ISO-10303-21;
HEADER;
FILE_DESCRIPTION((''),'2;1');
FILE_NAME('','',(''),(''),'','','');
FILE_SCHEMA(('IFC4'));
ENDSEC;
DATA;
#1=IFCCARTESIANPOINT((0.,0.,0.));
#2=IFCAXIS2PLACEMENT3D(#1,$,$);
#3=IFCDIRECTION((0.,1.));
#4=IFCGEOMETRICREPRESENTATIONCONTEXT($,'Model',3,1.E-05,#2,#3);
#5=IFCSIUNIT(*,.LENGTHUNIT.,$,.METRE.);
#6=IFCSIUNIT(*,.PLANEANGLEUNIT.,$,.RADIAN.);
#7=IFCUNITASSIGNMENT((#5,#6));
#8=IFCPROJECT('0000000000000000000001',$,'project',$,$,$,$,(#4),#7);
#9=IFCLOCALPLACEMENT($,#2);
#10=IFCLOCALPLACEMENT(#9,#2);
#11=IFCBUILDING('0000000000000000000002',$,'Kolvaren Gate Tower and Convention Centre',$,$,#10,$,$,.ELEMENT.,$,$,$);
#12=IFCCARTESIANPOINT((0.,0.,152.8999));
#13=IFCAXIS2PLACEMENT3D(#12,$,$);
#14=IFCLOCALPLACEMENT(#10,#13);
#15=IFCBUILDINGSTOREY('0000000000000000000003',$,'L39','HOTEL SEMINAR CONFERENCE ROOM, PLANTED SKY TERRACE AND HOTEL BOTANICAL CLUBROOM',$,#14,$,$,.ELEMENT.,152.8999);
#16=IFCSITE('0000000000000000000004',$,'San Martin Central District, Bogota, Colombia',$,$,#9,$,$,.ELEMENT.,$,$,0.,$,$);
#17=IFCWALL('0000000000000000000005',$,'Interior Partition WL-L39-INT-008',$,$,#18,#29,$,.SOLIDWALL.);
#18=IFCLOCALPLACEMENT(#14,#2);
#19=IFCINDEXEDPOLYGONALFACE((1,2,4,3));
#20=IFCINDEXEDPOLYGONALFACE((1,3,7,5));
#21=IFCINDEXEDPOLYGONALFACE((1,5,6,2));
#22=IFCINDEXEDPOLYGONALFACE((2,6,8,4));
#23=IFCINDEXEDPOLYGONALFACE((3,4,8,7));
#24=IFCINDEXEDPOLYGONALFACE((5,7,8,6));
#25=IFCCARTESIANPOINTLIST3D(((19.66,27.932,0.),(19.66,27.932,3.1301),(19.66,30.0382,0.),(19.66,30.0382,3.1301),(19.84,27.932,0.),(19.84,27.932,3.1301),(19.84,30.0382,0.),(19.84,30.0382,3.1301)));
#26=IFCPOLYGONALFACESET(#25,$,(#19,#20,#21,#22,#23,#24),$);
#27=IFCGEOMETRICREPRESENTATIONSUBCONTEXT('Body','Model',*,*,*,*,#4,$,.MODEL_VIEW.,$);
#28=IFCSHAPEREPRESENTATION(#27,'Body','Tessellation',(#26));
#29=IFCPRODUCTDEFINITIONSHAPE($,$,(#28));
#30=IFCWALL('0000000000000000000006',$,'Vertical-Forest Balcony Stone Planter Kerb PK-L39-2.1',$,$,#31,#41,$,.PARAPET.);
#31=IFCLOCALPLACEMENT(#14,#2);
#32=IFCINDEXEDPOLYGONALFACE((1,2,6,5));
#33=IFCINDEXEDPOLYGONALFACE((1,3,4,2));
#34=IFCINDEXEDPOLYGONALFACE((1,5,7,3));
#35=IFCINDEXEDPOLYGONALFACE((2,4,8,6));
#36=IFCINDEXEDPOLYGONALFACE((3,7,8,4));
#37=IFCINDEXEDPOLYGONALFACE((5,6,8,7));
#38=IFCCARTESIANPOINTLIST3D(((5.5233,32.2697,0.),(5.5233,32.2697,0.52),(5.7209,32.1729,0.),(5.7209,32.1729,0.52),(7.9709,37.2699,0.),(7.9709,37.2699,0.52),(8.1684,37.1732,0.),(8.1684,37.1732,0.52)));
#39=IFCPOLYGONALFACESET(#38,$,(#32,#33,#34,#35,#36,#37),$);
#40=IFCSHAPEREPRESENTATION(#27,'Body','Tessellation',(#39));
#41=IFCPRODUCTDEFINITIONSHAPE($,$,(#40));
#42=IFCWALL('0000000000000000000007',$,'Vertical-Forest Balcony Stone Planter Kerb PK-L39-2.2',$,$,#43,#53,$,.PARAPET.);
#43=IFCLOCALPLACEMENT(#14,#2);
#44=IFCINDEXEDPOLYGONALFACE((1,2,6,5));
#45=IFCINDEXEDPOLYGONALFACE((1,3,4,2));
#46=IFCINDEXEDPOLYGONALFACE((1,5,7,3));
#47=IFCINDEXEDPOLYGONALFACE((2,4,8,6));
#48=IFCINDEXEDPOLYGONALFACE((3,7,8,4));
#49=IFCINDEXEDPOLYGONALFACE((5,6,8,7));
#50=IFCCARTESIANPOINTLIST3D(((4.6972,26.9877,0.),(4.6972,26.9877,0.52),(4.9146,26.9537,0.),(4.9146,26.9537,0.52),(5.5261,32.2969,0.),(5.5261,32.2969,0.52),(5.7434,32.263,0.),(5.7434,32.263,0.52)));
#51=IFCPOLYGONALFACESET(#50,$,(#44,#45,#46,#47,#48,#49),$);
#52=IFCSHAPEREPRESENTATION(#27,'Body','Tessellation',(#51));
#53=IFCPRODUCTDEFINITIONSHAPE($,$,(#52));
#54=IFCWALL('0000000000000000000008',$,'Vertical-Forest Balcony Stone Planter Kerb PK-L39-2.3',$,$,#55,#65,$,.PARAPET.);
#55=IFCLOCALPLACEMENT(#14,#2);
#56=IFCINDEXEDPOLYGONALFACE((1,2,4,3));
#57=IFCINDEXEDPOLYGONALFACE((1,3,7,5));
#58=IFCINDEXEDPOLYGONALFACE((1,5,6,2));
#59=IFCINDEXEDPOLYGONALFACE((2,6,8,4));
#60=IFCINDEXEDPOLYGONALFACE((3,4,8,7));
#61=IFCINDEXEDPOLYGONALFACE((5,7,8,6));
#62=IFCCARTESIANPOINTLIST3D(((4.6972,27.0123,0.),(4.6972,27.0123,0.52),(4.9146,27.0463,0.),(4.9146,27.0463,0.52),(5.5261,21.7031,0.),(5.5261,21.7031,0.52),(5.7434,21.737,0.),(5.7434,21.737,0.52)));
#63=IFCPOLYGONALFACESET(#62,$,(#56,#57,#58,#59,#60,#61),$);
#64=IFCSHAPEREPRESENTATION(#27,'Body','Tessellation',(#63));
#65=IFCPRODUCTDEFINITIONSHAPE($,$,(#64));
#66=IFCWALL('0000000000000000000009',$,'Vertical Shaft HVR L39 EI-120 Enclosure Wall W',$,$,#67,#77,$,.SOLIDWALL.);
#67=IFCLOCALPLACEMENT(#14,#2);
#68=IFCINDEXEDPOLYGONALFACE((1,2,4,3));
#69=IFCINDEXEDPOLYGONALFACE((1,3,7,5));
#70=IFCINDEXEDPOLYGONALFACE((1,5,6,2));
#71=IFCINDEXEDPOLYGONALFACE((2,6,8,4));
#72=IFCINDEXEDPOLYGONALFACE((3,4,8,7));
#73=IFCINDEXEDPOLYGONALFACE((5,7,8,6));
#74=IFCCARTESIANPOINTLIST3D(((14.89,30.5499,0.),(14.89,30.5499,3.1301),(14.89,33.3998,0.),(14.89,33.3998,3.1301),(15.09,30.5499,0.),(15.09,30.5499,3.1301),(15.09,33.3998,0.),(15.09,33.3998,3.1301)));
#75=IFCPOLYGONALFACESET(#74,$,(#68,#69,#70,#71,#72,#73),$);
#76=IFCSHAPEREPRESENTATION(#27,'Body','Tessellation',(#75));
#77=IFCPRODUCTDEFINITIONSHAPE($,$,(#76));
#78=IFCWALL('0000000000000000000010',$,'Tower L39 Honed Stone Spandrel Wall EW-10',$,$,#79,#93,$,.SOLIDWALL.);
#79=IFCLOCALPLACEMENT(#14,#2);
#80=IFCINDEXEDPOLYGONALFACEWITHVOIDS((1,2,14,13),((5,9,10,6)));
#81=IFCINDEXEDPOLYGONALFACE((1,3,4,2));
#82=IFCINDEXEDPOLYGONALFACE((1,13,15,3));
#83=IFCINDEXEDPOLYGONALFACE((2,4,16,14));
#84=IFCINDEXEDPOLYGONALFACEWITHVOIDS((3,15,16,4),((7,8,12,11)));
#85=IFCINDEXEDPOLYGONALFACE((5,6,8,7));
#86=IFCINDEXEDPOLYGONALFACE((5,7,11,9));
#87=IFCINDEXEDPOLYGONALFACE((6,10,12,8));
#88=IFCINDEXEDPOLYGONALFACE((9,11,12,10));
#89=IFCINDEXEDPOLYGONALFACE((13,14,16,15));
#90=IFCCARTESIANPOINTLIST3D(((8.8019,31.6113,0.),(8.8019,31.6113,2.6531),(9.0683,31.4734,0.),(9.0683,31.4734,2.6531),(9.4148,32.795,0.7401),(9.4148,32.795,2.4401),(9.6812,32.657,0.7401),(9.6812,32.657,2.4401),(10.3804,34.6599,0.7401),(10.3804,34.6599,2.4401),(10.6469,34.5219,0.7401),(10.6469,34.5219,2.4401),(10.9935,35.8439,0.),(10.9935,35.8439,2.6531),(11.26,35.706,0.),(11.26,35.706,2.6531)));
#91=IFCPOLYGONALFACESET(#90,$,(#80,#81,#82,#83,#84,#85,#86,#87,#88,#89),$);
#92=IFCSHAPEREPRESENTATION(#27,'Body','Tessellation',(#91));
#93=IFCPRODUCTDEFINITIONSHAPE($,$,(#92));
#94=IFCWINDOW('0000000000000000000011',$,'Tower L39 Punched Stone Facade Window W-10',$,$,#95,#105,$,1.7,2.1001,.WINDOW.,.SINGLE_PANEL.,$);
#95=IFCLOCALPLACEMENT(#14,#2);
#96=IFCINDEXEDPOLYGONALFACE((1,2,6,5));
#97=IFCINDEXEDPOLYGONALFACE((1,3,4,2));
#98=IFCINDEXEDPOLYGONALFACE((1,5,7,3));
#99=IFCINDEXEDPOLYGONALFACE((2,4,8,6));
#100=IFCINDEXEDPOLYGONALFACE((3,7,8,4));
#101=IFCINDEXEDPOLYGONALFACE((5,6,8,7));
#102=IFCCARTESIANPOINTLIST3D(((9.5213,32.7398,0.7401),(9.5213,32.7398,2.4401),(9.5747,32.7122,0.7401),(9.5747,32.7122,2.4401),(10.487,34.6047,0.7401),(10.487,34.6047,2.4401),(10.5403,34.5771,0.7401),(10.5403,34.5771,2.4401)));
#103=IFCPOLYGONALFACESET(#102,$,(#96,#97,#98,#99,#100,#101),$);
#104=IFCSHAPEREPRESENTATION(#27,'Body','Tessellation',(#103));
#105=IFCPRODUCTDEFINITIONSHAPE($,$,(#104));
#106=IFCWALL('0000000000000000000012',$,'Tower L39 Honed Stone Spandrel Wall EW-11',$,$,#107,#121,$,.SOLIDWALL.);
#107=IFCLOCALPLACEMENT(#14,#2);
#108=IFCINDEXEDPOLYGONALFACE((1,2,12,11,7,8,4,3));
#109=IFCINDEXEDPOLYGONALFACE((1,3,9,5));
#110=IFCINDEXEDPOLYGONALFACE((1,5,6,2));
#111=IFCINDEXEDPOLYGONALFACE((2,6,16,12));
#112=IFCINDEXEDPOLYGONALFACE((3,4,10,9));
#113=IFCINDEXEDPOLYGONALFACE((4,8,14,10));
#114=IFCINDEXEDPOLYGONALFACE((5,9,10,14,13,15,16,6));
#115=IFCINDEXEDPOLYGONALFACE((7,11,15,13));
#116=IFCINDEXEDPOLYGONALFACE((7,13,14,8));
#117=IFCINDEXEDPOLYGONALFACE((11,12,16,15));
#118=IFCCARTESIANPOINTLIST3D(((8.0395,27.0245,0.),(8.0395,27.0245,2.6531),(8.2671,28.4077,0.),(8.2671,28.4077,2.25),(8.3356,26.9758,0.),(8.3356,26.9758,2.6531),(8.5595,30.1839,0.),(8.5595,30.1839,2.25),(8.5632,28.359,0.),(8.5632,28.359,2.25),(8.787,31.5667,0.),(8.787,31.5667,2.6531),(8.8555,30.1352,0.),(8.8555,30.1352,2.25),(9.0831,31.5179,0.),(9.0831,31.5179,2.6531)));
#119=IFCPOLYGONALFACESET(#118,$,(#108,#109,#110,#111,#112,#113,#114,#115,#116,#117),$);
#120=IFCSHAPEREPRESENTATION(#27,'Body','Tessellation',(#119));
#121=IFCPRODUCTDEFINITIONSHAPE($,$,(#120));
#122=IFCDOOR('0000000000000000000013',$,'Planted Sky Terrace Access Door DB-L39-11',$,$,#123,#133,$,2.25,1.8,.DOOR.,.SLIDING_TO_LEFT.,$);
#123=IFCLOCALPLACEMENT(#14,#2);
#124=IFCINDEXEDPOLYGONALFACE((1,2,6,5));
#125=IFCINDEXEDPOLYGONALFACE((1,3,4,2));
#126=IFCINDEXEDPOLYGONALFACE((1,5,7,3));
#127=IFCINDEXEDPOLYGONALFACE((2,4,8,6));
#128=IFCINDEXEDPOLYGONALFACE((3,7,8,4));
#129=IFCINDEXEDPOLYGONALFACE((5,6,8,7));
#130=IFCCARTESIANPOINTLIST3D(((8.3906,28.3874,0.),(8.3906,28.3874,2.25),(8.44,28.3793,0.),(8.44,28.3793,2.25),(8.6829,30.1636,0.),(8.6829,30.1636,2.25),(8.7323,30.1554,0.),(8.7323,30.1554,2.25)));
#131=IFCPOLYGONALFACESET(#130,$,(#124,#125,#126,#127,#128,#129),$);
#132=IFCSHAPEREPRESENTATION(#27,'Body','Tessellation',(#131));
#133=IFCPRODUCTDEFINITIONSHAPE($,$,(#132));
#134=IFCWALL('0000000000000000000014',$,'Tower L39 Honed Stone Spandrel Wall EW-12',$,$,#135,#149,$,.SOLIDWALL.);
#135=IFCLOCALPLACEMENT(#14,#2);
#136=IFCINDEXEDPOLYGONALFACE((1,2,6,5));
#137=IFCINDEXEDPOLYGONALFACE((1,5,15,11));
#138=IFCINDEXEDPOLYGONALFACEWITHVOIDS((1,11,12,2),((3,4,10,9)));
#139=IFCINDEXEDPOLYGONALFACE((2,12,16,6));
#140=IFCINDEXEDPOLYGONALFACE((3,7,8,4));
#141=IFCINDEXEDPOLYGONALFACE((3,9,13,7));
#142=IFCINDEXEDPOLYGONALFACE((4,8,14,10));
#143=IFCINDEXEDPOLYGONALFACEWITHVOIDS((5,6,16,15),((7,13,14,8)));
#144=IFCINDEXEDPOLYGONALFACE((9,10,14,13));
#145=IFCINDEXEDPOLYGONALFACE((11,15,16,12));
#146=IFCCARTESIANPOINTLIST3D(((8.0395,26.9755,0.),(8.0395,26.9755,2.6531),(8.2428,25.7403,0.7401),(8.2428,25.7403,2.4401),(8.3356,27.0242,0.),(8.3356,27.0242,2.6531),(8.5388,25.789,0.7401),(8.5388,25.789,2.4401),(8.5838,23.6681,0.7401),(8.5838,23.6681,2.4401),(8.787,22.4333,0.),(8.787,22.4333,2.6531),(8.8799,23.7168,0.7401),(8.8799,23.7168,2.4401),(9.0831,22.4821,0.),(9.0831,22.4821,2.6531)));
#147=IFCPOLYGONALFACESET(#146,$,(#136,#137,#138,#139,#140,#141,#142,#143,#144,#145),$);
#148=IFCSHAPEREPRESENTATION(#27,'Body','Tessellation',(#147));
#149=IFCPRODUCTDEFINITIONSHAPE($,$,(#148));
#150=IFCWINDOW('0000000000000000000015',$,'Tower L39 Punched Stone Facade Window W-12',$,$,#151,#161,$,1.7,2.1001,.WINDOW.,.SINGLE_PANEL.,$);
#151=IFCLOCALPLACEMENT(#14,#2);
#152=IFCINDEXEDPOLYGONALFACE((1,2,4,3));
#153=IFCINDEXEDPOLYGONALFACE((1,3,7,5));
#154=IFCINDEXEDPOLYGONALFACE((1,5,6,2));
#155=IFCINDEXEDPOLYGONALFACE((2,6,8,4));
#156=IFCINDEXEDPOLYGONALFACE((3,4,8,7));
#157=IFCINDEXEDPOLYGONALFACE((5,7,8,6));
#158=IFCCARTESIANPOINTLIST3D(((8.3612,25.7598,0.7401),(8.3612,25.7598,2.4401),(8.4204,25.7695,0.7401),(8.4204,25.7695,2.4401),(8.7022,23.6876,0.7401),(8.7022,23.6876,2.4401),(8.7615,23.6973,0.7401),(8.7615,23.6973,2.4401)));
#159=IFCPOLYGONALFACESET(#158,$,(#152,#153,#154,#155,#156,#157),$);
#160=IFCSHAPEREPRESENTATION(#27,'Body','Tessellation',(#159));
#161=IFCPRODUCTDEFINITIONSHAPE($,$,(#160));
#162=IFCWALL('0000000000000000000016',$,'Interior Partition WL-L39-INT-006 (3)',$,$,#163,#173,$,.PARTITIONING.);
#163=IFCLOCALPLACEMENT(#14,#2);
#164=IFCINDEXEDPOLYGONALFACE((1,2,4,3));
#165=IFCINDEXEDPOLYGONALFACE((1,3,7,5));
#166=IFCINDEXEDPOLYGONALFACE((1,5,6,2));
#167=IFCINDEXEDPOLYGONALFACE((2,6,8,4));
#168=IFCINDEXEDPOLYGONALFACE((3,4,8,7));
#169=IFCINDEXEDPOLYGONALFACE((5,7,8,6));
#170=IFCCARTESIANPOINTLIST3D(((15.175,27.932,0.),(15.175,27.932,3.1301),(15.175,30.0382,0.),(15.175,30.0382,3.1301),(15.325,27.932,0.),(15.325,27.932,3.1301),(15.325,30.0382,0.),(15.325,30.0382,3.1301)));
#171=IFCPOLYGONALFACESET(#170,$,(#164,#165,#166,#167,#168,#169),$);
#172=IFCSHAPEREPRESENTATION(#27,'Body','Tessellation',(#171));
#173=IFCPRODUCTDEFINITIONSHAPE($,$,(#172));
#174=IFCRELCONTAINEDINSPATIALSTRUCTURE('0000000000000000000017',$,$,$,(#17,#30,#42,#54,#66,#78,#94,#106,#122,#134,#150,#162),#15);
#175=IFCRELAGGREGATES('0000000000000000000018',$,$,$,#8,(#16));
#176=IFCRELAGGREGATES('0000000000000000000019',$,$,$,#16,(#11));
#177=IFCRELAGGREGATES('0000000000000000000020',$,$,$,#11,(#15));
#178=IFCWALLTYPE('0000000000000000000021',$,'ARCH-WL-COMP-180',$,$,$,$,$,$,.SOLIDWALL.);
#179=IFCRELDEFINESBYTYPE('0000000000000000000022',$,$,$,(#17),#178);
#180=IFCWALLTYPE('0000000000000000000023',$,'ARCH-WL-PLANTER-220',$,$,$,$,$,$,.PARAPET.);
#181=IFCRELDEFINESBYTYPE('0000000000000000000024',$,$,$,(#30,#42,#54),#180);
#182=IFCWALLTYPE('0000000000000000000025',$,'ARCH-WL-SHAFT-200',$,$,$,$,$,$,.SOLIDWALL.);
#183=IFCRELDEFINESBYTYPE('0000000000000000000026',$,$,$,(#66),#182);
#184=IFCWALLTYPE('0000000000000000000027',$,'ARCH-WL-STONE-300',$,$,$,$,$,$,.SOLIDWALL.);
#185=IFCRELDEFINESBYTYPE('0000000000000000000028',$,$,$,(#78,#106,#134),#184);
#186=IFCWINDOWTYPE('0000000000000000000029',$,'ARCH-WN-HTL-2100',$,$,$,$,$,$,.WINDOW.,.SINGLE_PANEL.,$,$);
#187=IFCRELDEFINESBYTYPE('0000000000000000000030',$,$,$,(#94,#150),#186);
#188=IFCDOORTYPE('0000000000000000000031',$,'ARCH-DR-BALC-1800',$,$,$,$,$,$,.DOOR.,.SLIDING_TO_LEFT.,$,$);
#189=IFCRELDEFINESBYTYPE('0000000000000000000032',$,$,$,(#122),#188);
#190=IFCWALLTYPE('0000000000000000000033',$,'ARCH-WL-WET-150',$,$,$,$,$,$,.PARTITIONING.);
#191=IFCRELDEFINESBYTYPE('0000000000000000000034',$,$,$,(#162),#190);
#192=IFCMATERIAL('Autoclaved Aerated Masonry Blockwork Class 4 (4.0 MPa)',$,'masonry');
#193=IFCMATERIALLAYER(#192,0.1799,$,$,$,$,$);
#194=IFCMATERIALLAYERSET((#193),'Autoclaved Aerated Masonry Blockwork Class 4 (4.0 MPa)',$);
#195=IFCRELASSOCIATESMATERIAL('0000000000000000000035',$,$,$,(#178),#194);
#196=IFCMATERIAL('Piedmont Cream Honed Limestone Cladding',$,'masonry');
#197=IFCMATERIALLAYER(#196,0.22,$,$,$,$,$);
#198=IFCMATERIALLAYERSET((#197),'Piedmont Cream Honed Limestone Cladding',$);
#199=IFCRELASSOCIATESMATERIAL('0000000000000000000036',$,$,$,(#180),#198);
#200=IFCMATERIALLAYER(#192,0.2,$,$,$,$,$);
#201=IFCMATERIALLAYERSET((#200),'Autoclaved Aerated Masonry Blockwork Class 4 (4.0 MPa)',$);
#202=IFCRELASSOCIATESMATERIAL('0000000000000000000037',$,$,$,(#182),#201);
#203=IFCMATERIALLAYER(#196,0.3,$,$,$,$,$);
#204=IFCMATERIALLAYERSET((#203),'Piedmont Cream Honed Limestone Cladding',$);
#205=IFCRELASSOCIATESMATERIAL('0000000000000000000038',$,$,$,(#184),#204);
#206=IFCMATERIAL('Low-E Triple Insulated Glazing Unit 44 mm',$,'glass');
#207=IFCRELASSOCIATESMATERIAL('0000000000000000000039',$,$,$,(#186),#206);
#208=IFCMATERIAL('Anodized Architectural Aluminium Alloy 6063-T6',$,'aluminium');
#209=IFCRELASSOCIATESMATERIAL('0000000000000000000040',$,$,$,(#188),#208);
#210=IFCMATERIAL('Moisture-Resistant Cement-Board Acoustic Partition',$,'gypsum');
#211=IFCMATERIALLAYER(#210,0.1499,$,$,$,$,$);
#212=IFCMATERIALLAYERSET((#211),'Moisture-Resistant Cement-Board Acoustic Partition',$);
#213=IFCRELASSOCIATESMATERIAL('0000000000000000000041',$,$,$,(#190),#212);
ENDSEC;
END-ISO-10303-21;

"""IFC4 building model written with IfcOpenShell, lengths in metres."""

from ifc_helpers import new_model, si_unit, direction, frame, frame_2d, origin, place, context, subcontext, project, spatial, rectangle, extrude, material, layer, layer_set, type_object, element, fill, save


model = new_model("IFC4")

# Units and contexts
model_context = context("Model", 3, precision=1e-05, world=origin(), true_north=direction((0.0, 1.0)))
body_context = subcontext(model_context, "Body", "Model", "MODEL_VIEW")
ifc_project = project(units=[si_unit("LENGTHUNIT", "METRE"), si_unit("PLANEANGLEUNIT", "RADIAN")], contexts=[model_context])

# Site, building, storey
site_placement = place(None, origin())
site = spatial("IfcSite", under=ifc_project, at=site_placement, Name="San Martin Central District, Bogota, Colombia", CompositionType="ELEMENT", RefElevation=0.0)
building_placement = place(site_placement, origin())
building = spatial("IfcBuilding", under=site, at=building_placement, Name="Kolvaren Gate Tower and Convention Centre", CompositionType="ELEMENT")
storey_placement = place(building_placement, frame((0.0, 0.0, 152.8999)))
storey = spatial("IfcBuildingStorey", under=building, at=storey_placement, Name="L39", Description="HOTEL SEMINAR CONFERENCE ROOM, PLANTED SKY TERRACE AND HOTEL BOTANICAL CLUBROOM", CompositionType="ELEMENT", Elevation=152.8999)

# Shared definitions
ifc_material_1 = material(Name="Autoclaved Aerated Masonry Blockwork Class 4 (4.0 MPa)", Category="masonry")
ifc_layer_1 = layer(ifc_material_1, 0.1799)
ifc_layer_set_1 = layer_set([ifc_layer_1], Name="Autoclaved Aerated Masonry Blockwork Class 4 (4.0 MPa)")
wall_type_1 = type_object("IfcWallType", Name="ARCH-WL-COMP-180", PredefinedType="SOLIDWALL", material=ifc_layer_set_1)

# Walls
wall_1_placement = place(storey_placement, frame((19.75, 27.9319, 0.0), z_axis=(0.0, 0.0, 1.0), x_axis=(0.0, 1.0, 0.0)))
element("IfcWall", 1, at=wall_1_placement, inside=storey, type_object=wall_type_1, Name="Interior Partition WL-L39-INT-008", PredefinedType="SOLIDWALL", context=body_context, shape_type="SweptSolid", body=[
    extrude(rectangle(XDim=2.1062, YDim=0.1799, at=frame_2d((1.0532, 0.0))), origin(), (0.0, 0.0, 1.0), 3.1301),
])
ifc_material_2 = material(Name="Piedmont Cream Honed Limestone Cladding", Category="masonry")
ifc_layer_2 = layer(ifc_material_2, 0.22)
ifc_layer_set_2 = layer_set([ifc_layer_2], Name="Piedmont Cream Honed Limestone Cladding")
wall_type_2 = type_object("IfcWallType", Name="ARCH-WL-PLANTER-220", PredefinedType="PARAPET", material=ifc_layer_set_2)
wall_2_placement = place(storey_placement, frame((5.6221, 32.2212, 0.0), z_axis=(0.0, 0.0, 1.0), x_axis=(0.439637, 0.898175, 0.0)))
element("IfcWall", 2, at=wall_2_placement, inside=storey, type_object=wall_type_2, Name="Vertical-Forest Balcony Stone Planter Kerb PK-L39-2.1", PredefinedType="PARAPET", context=body_context, shape_type="SweptSolid", body=[
    extrude(rectangle(XDim=5.5671, YDim=0.22, at=frame_2d((2.7837, 0.0))), origin(), (0.0, 0.0, 1.0), 0.52),
])
for number, where, z_axis, x_axis, name in (
    (3, (4.8059, 26.9707, 0.0), (0.0, 0.0, 1.0), (0.154245, 0.988033, 0.0), "Vertical-Forest Balcony Stone Planter Kerb PK-L39-2.2"),
    (4, (4.8059, 27.0293, 0.0), (0.0, 0.0, 1.0), (0.154245, -0.988033, 0.0), "Vertical-Forest Balcony Stone Planter Kerb PK-L39-2.3"),
):
    element("IfcWall", number, at=place(storey_placement, frame(where, z_axis=z_axis, x_axis=x_axis)), inside=storey, type_object=wall_type_2, Name=name, PredefinedType="PARAPET", context=body_context, shape_type="SweptSolid", body=[
        extrude(rectangle(XDim=5.3735, YDim=0.22, at=frame_2d((2.6868, 0.0))), origin(), (0.0, 0.0, 1.0), 0.52),
    ])
ifc_layer_3 = layer(ifc_material_1, 0.2)
ifc_layer_set_3 = layer_set([ifc_layer_3], Name="Autoclaved Aerated Masonry Blockwork Class 4 (4.0 MPa)")
wall_type_3 = type_object("IfcWallType", Name="ARCH-WL-SHAFT-200", PredefinedType="SOLIDWALL", material=ifc_layer_set_3)
wall_3_placement = place(storey_placement, frame((14.99, 30.55, 0.0), z_axis=(0.0, 0.0, 1.0), x_axis=(0.0, 1.0, 0.0)))
element("IfcWall", 5, at=wall_3_placement, inside=storey, type_object=wall_type_3, Name="Vertical Shaft HVR L39 EI-120 Enclosure Wall W", PredefinedType="SOLIDWALL", context=body_context, shape_type="SweptSolid", body=[
    extrude(rectangle(XDim=2.8499, YDim=0.2, at=frame_2d((1.4248, 0.0))), origin(), (0.0, 0.0, 1.0), 3.1301),
])

# Wall, opening, window
ifc_layer_4 = layer(ifc_material_2, 0.3)
ifc_layer_set_4 = layer_set([ifc_layer_4], Name="Piedmont Cream Honed Limestone Cladding")
wall_type_4 = type_object("IfcWallType", Name="ARCH-WL-STONE-300", PredefinedType="SOLIDWALL", material=ifc_layer_set_4)
wall_4_placement = place(storey_placement, frame((8.9351, 31.5422, 0.0), z_axis=(0.0, 0.0, 1.0), x_axis=(0.45981, 0.888017, 0.0)))
wall_4 = element("IfcWall", 6, at=wall_4_placement, inside=storey, type_object=wall_type_4, Name="Tower L39 Honed Stone Spandrel Wall EW-10", PredefinedType="SOLIDWALL", context=body_context, shape_type="SweptSolid", body=[
    extrude(rectangle(XDim=4.7664, YDim=0.3, at=frame_2d((2.3833, 0.0))), origin(), (0.0, 0.0, 1.0), 2.6531),
])
opening_1_placement = place(wall_4_placement, frame((1.333, 0.0, 0.74)))
opening_1 = element("IfcOpeningElement", 7, at=opening_1_placement, cuts=wall_4, PredefinedType="OPENING", context=body_context, shape_type="SweptSolid", body=[
    extrude(rectangle(XDim=2.1001, YDim=1.7, at=frame_2d((1.05, 0.8501))), frame((0.0, 0.1599, 0.0), z_axis=(0.0, -1.0, 0.0), x_axis=(1.0, 0.0, 0.0)), (0.0, 0.0, 1.0), 0.3201),
])
ifc_material_3 = material(Name="Low-E Triple Insulated Glazing Unit 44 mm", Category="glass")
window_type = type_object("IfcWindowType", Name="ARCH-WN-HTL-2100", PartitioningType="SINGLE_PANEL", PredefinedType="WINDOW", material=ifc_material_3)
window_1_placement = place(opening_1_placement, origin())
window_1 = element("IfcWindow", 8, at=window_1_placement, inside=storey, type_object=window_type, Name="Tower L39 Punched Stone Facade Window W-10", OverallHeight=1.7, OverallWidth=2.1001, PartitioningType="SINGLE_PANEL", PredefinedType="WINDOW", context=body_context, shape_type="SweptSolid", body=[
    extrude(rectangle(XDim=2.1001, YDim=1.7, at=frame_2d((1.05, 0.8501))), frame((0.0, 0.03, 0.0), z_axis=(0.0, -1.0, 0.0), x_axis=(1.0, 0.0, 0.0)), (0.0, 0.0, 1.0), 0.0601),
])
fill(opening_1, window_1)

# Wall, opening, door
wall_5_placement = place(storey_placement, frame((8.1875, 27.0, 0.0), z_axis=(0.0, 0.0, 1.0), x_axis=(0.162395, 0.986726, 0.0)))
wall_5 = element("IfcWall", 9, at=wall_5_placement, inside=storey, type_object=wall_type_4, Name="Tower L39 Honed Stone Spandrel Wall EW-11", PredefinedType="SOLIDWALL", context=body_context, shape_type="SweptSolid", body=[
    extrude(rectangle(XDim=4.6033, YDim=0.3, at=frame_2d((2.3018, 0.0))), origin(), (0.0, 0.0, 1.0), 2.6531),
])
opening_2_placement = place(wall_5_placement, frame((1.4021, 0.0, 0.0)))
opening_2 = element("IfcOpeningElement", 10, at=opening_2_placement, cuts=wall_5, PredefinedType="OPENING", context=body_context, shape_type="SweptSolid", body=[
    extrude(rectangle(XDim=1.8, YDim=2.25, at=frame_2d((0.8999, 1.125))), frame((0.0, 0.1599, 0.0), z_axis=(0.0, -1.0, 0.0), x_axis=(1.0, 0.0, 0.0)), (0.0, 0.0, 1.0), 0.3201),
])
ifc_material_4 = material(Name="Anodized Architectural Aluminium Alloy 6063-T6", Category="aluminium")
door_type_1 = type_object("IfcDoorType", Name="ARCH-DR-BALC-1800", OperationType="SLIDING_TO_LEFT", PredefinedType="DOOR", material=ifc_material_4)
door_1_placement = place(opening_2_placement, origin())
door_1 = element("IfcDoor", 11, at=door_1_placement, inside=storey, type_object=door_type_1, Name="Planted Sky Terrace Access Door DB-L39-11", OperationType="SLIDING_TO_LEFT", OverallHeight=2.25, OverallWidth=1.8, PredefinedType="DOOR", context=body_context, shape_type="SweptSolid", body=[
    extrude(rectangle(XDim=1.8, YDim=2.25, at=frame_2d((0.8999, 1.125))), frame((0.0, 0.0249, 0.0), z_axis=(0.0, -1.0, 0.0), x_axis=(1.0, 0.0, 0.0)), (0.0, 0.0, 1.0), 0.05),
])
fill(opening_2, door_1)

# Wall, opening, window
wall_6_placement = place(storey_placement, frame((8.1875, 27.0, 0.0), z_axis=(0.0, 0.0, 1.0), x_axis=(0.162395, -0.986726, 0.0)))
wall_6 = element("IfcWall", 12, at=wall_6_placement, inside=storey, type_object=wall_type_4, Name="Tower L39 Honed Stone Spandrel Wall EW-12", PredefinedType="SOLIDWALL", context=body_context, shape_type="SweptSolid", body=[
    extrude(rectangle(XDim=4.6033, YDim=0.3, at=frame_2d((2.3018, 0.0))), origin(), (0.0, 0.0, 1.0), 2.6531),
])
opening_3_placement = place(wall_6_placement, frame((1.252, 0.0, 0.74)))
opening_3 = element("IfcOpeningElement", 13, at=opening_3_placement, cuts=wall_6, PredefinedType="OPENING", context=body_context, shape_type="SweptSolid", body=[
    extrude(rectangle(XDim=2.1001, YDim=1.7, at=frame_2d((1.05, 0.8501))), frame((0.0, 0.1599, 0.0), z_axis=(0.0, -1.0, 0.0), x_axis=(1.0, 0.0, 0.0)), (0.0, 0.0, 1.0), 0.3201),
])
window_2_placement = place(opening_3_placement, origin())
window_2 = element("IfcWindow", 14, at=window_2_placement, inside=storey, type_object=window_type, Name="Tower L39 Punched Stone Facade Window W-12", OverallHeight=1.7, OverallWidth=2.1001, PartitioningType="SINGLE_PANEL", PredefinedType="WINDOW", context=body_context, shape_type="SweptSolid", body=[
    extrude(rectangle(XDim=2.1001, YDim=1.7, at=frame_2d((1.05, 0.8501))), frame((0.0, 0.03, 0.0), z_axis=(0.0, -1.0, 0.0), x_axis=(1.0, 0.0, 0.0)), (0.0, 0.0, 1.0), 0.0601),
])
fill(opening_3, window_2)

# Wall
ifc_material_5 = material(Name="Moisture-Resistant Cement-Board Acoustic Partition", Category="gypsum")
ifc_layer_5 = layer(ifc_material_5, 0.1499)
ifc_layer_set_5 = layer_set([ifc_layer_5], Name="Moisture-Resistant Cement-Board Acoustic Partition")
wall_type_5 = type_object("IfcWallType", Name="ARCH-WL-WET-150", PredefinedType="PARTITIONING", material=ifc_layer_set_5)
for number, where, z_axis, x_axis, name in (
    (15, (15.25, 27.9319, 0.0), (0.0, 0.0, 1.0), (0.0, 1.0, 0.0), "Interior Partition WL-L39-INT-006 (3)"),
):
    element("IfcWall", number, at=place(storey_placement, frame(where, z_axis=z_axis, x_axis=x_axis)), inside=storey, type_object=wall_type_5, Name=name, PredefinedType="PARTITIONING", context=body_context, shape_type="SweptSolid", body=[
        extrude(rectangle(XDim=2.1062, YDim=0.1499, at=frame_2d((1.0532, 0.0))), origin(), (0.0, 0.0, 1.0), 3.1301),
    ])

save(model, "model.ifc")
